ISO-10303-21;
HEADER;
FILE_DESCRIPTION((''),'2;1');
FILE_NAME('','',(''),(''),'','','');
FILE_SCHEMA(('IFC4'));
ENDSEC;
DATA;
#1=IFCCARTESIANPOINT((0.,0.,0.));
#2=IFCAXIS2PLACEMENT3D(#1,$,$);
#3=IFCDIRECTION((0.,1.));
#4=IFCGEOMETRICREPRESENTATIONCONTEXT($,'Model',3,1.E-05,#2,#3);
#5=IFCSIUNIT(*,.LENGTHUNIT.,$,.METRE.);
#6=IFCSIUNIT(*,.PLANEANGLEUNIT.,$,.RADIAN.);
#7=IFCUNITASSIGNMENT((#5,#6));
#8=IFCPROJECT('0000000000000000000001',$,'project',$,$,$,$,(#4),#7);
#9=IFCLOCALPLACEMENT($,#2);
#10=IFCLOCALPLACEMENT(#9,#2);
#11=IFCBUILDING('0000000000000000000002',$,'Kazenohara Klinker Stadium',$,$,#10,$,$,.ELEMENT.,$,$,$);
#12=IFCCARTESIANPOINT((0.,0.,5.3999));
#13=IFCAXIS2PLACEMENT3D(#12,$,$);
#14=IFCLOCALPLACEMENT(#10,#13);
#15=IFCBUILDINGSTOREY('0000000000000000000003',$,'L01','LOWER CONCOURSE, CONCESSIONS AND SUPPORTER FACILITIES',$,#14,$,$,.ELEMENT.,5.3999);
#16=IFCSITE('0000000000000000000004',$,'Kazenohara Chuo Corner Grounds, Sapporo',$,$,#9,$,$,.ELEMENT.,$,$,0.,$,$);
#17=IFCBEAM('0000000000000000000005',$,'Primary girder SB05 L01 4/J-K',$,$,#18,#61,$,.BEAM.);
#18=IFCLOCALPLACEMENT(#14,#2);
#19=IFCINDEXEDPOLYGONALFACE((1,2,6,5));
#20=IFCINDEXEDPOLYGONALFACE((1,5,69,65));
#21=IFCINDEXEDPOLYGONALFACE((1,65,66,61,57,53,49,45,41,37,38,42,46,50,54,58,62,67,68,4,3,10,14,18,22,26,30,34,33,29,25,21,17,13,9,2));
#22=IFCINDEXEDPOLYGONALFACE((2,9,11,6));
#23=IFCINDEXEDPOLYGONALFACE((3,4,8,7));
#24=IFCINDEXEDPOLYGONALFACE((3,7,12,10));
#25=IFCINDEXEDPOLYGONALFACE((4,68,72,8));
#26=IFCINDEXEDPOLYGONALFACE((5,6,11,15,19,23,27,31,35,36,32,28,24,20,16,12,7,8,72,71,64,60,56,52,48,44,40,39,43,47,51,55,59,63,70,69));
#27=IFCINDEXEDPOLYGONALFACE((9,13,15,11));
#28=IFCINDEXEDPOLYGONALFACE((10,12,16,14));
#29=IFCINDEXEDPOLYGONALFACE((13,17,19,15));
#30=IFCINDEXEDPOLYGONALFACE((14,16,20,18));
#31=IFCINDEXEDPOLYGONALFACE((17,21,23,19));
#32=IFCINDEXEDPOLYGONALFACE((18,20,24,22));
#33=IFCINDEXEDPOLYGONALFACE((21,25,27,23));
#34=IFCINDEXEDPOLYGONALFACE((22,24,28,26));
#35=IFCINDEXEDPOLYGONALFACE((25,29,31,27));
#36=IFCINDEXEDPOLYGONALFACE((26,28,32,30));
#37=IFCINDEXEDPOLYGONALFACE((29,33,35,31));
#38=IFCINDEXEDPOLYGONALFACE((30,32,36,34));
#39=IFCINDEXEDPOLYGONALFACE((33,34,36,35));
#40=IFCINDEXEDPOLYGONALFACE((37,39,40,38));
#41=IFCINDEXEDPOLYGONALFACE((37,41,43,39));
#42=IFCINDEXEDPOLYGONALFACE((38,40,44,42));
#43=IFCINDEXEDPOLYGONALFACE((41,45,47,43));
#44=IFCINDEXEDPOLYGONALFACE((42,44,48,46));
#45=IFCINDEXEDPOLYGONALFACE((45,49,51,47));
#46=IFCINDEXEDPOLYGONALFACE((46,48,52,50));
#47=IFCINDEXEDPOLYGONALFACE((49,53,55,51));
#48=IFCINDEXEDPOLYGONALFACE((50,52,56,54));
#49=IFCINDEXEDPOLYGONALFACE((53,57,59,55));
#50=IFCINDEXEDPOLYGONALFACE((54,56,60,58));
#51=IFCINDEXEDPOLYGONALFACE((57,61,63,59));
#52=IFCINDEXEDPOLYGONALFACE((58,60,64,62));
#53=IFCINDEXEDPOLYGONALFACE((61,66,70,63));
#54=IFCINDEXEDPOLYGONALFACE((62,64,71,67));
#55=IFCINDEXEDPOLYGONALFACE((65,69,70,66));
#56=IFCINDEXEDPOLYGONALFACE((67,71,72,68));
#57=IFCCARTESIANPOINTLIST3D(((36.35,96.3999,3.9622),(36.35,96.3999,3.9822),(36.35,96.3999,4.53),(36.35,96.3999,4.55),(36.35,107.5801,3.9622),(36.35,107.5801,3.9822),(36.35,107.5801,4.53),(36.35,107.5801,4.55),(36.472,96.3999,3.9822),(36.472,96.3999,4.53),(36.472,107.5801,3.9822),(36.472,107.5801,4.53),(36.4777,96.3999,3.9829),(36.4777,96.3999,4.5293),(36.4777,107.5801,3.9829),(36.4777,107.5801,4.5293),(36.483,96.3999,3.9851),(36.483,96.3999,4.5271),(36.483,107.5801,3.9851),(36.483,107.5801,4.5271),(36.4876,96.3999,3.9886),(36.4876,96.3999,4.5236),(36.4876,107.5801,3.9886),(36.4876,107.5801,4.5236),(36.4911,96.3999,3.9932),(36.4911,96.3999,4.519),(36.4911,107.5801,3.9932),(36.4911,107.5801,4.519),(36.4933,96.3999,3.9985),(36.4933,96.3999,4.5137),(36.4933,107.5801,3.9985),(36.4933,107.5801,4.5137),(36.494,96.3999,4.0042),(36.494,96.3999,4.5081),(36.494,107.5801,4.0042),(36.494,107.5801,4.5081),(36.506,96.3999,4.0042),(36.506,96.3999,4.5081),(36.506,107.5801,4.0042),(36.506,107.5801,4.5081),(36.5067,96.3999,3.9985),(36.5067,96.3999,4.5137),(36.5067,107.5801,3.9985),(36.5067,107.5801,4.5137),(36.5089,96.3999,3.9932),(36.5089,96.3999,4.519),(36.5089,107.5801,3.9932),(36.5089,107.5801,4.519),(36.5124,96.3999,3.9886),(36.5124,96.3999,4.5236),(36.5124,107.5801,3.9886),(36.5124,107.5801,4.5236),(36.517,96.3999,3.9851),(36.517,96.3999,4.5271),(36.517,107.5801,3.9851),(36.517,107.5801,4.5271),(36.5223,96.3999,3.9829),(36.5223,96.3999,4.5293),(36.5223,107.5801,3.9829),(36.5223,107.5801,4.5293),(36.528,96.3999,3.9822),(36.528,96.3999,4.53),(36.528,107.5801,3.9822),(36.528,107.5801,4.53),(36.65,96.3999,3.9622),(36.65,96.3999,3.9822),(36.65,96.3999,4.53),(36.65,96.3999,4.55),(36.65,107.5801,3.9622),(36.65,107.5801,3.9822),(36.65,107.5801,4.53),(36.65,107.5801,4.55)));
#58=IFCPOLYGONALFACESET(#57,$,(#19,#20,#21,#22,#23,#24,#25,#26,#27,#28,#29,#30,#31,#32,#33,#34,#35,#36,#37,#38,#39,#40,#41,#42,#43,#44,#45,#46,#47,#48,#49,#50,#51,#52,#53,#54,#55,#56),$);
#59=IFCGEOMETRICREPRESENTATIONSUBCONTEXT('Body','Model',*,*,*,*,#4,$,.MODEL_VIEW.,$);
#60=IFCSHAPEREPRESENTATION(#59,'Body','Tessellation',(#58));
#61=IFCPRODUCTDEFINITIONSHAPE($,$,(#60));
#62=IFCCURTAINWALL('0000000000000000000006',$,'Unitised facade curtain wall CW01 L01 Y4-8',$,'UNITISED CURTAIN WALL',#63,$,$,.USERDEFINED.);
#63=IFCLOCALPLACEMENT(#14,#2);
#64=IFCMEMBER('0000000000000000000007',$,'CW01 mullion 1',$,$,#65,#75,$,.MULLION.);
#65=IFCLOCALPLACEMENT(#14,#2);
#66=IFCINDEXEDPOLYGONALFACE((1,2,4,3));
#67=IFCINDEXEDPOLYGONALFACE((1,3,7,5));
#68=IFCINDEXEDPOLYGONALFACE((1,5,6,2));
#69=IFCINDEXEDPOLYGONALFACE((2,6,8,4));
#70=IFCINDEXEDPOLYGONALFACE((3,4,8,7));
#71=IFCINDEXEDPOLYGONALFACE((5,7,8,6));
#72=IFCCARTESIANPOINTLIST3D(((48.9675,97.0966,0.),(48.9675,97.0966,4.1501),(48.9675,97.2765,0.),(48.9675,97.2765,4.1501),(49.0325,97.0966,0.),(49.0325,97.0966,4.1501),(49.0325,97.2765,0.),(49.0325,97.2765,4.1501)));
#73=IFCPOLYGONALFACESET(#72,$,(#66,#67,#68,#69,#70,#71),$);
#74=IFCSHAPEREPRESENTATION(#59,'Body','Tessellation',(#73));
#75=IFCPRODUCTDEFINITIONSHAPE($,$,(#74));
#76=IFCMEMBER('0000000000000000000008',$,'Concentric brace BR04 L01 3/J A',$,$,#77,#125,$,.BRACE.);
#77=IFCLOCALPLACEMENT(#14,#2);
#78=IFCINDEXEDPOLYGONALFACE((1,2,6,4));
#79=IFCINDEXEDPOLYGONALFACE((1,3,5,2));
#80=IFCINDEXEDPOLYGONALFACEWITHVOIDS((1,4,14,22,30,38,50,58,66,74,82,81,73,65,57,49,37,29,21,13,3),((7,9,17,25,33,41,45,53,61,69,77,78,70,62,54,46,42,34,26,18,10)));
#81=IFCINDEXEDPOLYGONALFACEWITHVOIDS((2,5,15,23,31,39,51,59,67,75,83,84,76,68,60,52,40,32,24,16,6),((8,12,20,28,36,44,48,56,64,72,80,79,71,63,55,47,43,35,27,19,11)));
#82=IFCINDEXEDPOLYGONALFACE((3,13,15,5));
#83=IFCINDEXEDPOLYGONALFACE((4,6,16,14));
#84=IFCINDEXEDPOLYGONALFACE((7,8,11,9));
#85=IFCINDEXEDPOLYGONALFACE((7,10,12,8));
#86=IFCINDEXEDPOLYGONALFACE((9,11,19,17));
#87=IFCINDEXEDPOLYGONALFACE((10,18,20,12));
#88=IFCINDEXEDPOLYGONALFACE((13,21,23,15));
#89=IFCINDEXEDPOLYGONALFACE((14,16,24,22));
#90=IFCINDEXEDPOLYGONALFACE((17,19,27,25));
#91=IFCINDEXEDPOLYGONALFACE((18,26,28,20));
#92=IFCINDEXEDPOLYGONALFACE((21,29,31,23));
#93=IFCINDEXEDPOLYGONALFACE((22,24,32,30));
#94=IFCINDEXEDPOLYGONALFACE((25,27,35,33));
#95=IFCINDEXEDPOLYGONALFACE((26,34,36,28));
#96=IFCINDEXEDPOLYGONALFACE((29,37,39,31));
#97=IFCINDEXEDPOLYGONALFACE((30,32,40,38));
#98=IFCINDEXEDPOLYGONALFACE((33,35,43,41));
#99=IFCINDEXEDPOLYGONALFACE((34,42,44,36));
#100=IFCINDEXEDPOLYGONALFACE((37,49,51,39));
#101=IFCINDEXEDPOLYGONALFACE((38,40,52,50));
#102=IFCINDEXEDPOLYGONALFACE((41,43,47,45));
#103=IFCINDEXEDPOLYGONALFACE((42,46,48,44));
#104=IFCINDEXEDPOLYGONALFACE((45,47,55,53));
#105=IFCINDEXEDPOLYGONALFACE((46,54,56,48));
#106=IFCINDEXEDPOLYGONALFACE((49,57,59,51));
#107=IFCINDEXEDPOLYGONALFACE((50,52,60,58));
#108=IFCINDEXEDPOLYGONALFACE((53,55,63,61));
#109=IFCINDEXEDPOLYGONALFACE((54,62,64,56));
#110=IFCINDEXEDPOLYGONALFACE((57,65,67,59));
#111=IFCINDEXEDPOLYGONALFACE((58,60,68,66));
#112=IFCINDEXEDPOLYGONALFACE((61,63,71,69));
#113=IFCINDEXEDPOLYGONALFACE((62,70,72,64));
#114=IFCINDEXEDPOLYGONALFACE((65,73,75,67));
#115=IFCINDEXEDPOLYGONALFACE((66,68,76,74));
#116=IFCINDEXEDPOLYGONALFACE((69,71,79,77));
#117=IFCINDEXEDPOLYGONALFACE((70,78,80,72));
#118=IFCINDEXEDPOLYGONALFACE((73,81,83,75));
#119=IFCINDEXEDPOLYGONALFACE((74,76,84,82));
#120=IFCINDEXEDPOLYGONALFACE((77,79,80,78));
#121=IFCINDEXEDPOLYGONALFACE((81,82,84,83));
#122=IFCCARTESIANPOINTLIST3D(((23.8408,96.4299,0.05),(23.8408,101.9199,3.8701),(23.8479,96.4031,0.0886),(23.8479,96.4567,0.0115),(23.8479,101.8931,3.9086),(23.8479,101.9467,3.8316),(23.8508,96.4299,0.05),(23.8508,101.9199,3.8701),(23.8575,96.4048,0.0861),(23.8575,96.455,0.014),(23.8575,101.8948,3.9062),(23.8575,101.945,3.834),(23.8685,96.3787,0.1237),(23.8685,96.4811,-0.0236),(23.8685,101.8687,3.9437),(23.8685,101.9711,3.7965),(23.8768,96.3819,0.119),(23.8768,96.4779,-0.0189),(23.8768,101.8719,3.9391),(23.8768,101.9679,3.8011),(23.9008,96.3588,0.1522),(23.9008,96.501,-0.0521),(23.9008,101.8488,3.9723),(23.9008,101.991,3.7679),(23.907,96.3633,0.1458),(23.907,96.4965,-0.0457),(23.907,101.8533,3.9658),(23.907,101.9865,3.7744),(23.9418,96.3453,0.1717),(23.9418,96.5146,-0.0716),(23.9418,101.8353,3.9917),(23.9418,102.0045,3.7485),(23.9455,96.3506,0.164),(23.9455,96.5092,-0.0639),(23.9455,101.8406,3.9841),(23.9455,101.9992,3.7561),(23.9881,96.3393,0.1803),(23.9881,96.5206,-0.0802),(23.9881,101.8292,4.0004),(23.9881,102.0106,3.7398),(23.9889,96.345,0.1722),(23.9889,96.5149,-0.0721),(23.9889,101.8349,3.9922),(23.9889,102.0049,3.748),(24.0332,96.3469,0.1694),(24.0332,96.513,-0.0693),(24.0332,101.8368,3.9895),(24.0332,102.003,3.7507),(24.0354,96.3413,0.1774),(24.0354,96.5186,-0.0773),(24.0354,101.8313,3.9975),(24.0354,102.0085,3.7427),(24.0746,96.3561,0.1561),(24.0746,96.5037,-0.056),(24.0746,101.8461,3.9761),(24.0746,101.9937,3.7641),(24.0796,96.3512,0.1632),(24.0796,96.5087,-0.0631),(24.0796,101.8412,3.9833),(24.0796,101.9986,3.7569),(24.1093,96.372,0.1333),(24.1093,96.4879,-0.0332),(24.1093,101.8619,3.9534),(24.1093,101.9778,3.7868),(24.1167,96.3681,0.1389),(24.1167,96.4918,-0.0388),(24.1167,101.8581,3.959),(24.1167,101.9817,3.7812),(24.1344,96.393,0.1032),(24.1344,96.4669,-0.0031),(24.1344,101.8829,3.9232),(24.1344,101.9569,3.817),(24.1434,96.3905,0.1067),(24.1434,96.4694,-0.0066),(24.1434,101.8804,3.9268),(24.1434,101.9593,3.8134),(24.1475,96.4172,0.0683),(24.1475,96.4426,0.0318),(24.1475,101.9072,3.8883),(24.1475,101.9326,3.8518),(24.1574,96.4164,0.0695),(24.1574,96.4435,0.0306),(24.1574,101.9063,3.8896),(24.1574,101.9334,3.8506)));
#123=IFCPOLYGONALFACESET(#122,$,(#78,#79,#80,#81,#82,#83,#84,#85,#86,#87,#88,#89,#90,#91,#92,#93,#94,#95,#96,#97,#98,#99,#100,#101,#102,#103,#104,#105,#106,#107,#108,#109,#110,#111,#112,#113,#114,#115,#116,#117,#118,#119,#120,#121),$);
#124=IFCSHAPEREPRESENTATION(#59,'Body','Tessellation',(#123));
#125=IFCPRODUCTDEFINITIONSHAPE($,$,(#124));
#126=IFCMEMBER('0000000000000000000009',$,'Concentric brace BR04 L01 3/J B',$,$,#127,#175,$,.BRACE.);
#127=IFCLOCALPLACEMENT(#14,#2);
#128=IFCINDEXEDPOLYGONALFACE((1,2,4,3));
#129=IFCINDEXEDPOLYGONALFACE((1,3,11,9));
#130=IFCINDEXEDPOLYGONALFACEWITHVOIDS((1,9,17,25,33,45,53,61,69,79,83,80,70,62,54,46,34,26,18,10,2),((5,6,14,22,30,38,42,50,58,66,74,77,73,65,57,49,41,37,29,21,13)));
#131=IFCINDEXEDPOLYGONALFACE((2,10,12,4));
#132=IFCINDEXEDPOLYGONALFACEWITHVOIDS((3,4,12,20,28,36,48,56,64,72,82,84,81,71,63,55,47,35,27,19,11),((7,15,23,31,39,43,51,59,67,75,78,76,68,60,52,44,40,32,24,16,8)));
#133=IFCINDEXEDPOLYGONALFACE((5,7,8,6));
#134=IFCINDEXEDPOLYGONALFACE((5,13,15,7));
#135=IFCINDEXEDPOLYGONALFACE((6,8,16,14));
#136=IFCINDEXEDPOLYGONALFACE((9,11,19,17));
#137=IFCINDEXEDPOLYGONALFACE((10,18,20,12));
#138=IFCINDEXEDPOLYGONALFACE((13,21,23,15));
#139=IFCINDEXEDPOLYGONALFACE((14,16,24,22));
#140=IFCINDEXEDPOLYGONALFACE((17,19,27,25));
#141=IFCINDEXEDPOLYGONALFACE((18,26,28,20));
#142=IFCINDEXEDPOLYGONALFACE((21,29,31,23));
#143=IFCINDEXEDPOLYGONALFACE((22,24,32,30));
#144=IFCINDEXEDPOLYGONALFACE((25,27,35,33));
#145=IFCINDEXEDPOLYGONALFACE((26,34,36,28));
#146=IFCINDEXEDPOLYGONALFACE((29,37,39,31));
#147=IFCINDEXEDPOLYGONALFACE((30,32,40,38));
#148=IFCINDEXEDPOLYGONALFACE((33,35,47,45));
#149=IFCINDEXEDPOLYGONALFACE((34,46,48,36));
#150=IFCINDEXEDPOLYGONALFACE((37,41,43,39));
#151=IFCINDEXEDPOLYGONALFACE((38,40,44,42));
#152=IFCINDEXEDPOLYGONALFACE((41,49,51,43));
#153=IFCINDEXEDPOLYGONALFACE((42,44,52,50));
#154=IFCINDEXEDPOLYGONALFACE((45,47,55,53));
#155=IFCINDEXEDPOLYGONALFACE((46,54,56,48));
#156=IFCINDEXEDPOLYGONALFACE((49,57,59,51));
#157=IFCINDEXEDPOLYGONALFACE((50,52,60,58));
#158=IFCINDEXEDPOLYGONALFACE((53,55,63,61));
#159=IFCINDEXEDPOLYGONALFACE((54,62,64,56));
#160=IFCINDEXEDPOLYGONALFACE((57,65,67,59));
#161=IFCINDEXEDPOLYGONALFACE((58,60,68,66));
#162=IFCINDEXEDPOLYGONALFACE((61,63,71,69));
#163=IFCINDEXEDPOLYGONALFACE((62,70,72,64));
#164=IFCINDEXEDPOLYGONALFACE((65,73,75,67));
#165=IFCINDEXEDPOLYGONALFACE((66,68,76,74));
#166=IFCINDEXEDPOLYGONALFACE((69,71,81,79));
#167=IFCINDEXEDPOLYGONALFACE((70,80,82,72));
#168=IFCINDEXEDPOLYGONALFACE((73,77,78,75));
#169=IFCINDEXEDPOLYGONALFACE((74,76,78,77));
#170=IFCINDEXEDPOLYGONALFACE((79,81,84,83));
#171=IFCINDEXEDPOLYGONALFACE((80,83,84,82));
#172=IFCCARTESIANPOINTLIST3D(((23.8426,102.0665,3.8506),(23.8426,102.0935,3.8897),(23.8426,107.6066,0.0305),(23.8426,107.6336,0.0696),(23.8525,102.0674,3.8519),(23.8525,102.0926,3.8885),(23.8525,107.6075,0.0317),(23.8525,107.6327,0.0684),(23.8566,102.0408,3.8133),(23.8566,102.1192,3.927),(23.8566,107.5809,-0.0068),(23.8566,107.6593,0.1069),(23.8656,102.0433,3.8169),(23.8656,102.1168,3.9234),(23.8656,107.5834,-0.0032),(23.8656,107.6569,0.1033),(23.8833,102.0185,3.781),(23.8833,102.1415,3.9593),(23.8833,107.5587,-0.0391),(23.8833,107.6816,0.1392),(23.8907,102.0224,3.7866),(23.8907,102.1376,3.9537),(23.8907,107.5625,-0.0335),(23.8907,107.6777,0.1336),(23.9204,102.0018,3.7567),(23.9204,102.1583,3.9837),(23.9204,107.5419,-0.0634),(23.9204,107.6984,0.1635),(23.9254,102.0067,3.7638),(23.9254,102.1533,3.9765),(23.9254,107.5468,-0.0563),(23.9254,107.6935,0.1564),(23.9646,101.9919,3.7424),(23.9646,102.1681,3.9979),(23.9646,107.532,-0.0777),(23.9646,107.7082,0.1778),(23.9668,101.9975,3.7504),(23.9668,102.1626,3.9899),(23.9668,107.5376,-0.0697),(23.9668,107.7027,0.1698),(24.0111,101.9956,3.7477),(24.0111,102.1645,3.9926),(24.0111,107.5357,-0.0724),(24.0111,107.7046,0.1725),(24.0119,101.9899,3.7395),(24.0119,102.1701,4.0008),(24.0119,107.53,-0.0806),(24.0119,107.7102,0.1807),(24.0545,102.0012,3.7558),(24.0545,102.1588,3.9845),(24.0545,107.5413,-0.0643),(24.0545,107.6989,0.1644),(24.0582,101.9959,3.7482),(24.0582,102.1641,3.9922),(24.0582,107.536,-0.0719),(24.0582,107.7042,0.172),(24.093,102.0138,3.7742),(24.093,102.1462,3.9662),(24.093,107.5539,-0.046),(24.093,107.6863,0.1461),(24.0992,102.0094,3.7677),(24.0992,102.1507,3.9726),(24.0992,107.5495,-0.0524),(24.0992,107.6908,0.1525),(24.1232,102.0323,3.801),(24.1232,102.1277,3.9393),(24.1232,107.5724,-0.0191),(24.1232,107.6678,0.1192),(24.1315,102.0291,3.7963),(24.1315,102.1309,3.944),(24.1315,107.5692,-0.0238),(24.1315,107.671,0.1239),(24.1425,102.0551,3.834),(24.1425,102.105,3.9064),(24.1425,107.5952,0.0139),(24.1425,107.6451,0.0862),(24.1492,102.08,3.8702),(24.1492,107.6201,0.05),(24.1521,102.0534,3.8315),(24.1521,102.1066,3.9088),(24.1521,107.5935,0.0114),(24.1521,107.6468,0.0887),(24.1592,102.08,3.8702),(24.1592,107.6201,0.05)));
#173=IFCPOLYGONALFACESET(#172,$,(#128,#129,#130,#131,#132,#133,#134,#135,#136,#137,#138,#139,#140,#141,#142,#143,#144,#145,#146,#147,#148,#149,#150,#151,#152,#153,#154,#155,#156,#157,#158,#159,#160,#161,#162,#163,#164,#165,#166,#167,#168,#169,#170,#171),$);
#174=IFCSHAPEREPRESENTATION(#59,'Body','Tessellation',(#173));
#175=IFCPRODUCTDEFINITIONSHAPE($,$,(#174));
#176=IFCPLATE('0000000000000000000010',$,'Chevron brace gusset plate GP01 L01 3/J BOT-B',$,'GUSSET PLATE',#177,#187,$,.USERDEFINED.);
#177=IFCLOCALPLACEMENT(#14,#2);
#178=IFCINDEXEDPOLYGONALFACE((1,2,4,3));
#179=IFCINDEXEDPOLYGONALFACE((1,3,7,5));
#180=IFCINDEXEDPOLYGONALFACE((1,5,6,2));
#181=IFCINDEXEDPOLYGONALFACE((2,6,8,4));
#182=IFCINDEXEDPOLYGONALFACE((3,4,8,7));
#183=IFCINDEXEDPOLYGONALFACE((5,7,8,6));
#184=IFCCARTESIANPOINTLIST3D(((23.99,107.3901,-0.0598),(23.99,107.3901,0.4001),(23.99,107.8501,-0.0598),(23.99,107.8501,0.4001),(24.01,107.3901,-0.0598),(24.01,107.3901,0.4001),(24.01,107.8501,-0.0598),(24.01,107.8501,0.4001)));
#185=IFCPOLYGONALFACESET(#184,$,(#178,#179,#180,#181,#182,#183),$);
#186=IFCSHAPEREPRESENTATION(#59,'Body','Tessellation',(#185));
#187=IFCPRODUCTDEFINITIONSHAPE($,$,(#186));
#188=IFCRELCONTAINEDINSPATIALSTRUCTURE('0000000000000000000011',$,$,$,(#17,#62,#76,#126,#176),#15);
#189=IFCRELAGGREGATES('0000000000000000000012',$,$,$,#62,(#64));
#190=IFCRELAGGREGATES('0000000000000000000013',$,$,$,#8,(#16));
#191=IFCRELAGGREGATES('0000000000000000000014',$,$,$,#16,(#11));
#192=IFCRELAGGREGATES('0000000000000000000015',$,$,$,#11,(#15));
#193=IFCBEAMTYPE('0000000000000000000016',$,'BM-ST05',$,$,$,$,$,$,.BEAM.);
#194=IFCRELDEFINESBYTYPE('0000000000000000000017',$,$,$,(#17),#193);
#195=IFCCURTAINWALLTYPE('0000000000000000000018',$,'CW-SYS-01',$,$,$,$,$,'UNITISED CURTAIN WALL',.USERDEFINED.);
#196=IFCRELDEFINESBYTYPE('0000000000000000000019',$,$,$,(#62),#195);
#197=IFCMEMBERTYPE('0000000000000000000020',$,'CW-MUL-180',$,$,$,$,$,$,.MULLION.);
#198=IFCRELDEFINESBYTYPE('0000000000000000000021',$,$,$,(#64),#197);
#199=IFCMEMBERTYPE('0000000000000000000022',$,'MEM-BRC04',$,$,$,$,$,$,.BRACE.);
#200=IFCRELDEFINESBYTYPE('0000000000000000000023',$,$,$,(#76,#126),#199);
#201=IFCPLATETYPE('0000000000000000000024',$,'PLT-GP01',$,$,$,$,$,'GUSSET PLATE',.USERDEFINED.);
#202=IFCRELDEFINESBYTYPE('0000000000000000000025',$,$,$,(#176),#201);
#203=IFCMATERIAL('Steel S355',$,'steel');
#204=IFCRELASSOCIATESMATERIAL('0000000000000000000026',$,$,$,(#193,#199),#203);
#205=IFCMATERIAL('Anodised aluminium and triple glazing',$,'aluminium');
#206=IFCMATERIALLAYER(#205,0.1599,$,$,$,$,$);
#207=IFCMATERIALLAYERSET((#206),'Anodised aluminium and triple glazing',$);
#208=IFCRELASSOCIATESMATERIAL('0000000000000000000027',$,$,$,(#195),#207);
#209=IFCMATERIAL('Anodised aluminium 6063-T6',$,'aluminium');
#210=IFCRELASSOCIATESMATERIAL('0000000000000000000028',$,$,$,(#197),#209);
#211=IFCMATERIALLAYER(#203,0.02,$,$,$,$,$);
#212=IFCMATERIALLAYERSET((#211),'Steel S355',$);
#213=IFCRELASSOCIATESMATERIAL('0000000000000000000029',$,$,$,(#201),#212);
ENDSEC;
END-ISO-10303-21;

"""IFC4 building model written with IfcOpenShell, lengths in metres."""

from ifc_helpers import new_model, si_unit, direction, frame, origin, origin_2d, place, context, subcontext, project, spatial, rectangle, hollow_circle, i_section, extrude, material, layer, layer_set, material_profile, profile_set, type_object, element, aggregate, save


model = new_model("IFC4")

# Units and contexts
model_context = context("Model", 3, precision=1e-05, world=origin(), true_north=direction((0.0, 1.0)))
body_context = subcontext(model_context, "Body", "Model", "MODEL_VIEW")
ifc_project = project(units=[si_unit("LENGTHUNIT", "METRE"), si_unit("PLANEANGLEUNIT", "RADIAN")], contexts=[model_context])

# Site, building, storey
site_placement = place(None, origin())
site = spatial("IfcSite", under=ifc_project, at=site_placement, Name="Kazenohara Chuo Corner Grounds, Sapporo", CompositionType="ELEMENT", RefElevation=0.0)
building_placement = place(site_placement, origin())
building = spatial("IfcBuilding", under=site, at=building_placement, Name="Kazenohara Klinker Stadium", CompositionType="ELEMENT")
storey_placement = place(building_placement, frame((0.0, 0.0, 5.3999)))
storey = spatial("IfcBuildingStorey", under=building, at=storey_placement, Name="L01", Description="LOWER CONCOURSE, CONCESSIONS AND SUPPORTER FACILITIES", CompositionType="ELEMENT", Elevation=5.3999)

# Beam
ifc_material_1 = material(Name="Steel S355", Category="steel")
ifc_material_profile_1 = material_profile(ifc_material_1, i_section(OverallWidth=0.3, OverallDepth=0.5879, WebThickness=0.012, FlangeThickness=0.02, FilletRadius=0.022, at=origin_2d()), Name="H-588x300x12x20")
ifc_profile_set_1 = profile_set([ifc_material_profile_1], Name="Steel S355")
beam_type_1 = type_object("IfcBeamType", Name="BM-ST05", PredefinedType="BEAM", material=ifc_profile_set_1)
beam_1_placement = place(storey_placement, frame((36.5, 96.3999, 4.2561), z_axis=(0.0, 1.0, 0.0), x_axis=(-1.0, 0.0, 0.0)))
element("IfcBeam", 1, at=beam_1_placement, inside=storey, type_object=beam_type_1, Name="Primary girder SB05 L01 4/J-K", PredefinedType="BEAM", context=body_context, shape_type="SweptSolid", body=[
    extrude(i_section(OverallWidth=0.3, OverallDepth=0.5879, WebThickness=0.012, FlangeThickness=0.02, FilletRadius=0.022, at=origin_2d()), origin(), (0.0, 0.0, 1.0), 11.1802),
])

# Curtain wall, member
ifc_material_2 = material(Name="Anodised aluminium and triple glazing", Category="aluminium")
ifc_layer_1 = layer(ifc_material_2, 0.1599)
ifc_layer_set_1 = layer_set([ifc_layer_1], Name="Anodised aluminium and triple glazing")
curtain_wall_type = type_object("IfcCurtainWallType", Name="CW-SYS-01", ElementType="UNITISED CURTAIN WALL", PredefinedType="USERDEFINED", material=ifc_layer_set_1)
curtain_wall_placement = place(storey_placement, origin())
curtain_wall = element("IfcCurtainWall", 2, at=curtain_wall_placement, inside=storey, type_object=curtain_wall_type, Name="Unitised facade curtain wall CW01 L01 Y4-8", ObjectType="UNITISED CURTAIN WALL", PredefinedType="USERDEFINED")
ifc_material_3 = material(Name="Anodised aluminium 6063-T6", Category="aluminium")
ifc_material_profile_2 = material_profile(ifc_material_3, rectangle(XDim=0.0649, YDim=0.1799, at=origin_2d()), Name="ALU-MUL-65x180")
ifc_profile_set_2 = profile_set([ifc_material_profile_2], Name="Anodised aluminium 6063-T6")
member_type_1 = type_object("IfcMemberType", Name="CW-MUL-180", PredefinedType="MULLION", material=ifc_profile_set_2)
member_1_placement = place(storey_placement, frame((49.0, 97.1865, 0.0), z_axis=(0.0, 0.0, 1.0), x_axis=(-1.0, 0.0, 0.0)))
member_1 = element("IfcMember", 3, at=member_1_placement, type_object=member_type_1, Name="CW01 mullion 1", PredefinedType="MULLION", context=body_context, shape_type="SweptSolid", body=[
    extrude(rectangle(XDim=0.0649, YDim=0.1799, at=origin_2d()), origin(), (0.0, 0.0, 1.0), 4.1501),
])
aggregate(curtain_wall, [member_1])

# Members
ifc_material_profile_3 = material_profile(ifc_material_1, hollow_circle(Radius=0.1592, WallThickness=0.01, at=origin_2d()), Name="CHS-318.5x10")
ifc_profile_set_3 = profile_set([ifc_material_profile_3], Name="Steel S355")
member_type_2 = type_object("IfcMemberType", Name="MEM-BRC04", PredefinedType="BRACE", material=ifc_profile_set_3)
member_2_placement = place(storey_placement, frame((24.0, 96.4299, 0.05), z_axis=(0.0, 0.820839, 0.57116), x_axis=(-1.0, 0.0, 0.0)))
element("IfcMember", 4, at=member_2_placement, inside=storey, type_object=member_type_2, Name="Concentric brace BR04 L01 3/J A", PredefinedType="BRACE", context=body_context, shape_type="SweptSolid", body=[
    extrude(hollow_circle(Radius=0.1592, WallThickness=0.01, at=origin_2d()), origin(), (0.0, 0.0, 1.0), 6.6882),
])
member_3_placement = place(storey_placement, frame((24.0, 107.6201, 0.05), z_axis=(0.0, -0.823258, 0.567668), x_axis=(1.0, 0.0, 0.0)))
element("IfcMember", 5, at=member_3_placement, inside=storey, type_object=member_type_2, Name="Concentric brace BR04 L01 3/J B", PredefinedType="BRACE", context=body_context, shape_type="SweptSolid", body=[
    extrude(hollow_circle(Radius=0.1592, WallThickness=0.01, at=origin_2d()), origin(), (0.0, 0.0, 1.0), 6.7295),
])

# Plate
ifc_layer_2 = layer(ifc_material_1, 0.02)
ifc_layer_set_2 = layer_set([ifc_layer_2], Name="Steel S355")
plate_type_1 = type_object("IfcPlateType", Name="PLT-GP01", ElementType="GUSSET PLATE", PredefinedType="USERDEFINED", material=ifc_layer_set_2)
plate_1_placement = place(storey_placement, frame((24.0, 107.6201, -0.0598), z_axis=(0.0, 0.0, 1.0), x_axis=(1.0, 0.0, 0.0)))
element("IfcPlate", 6, at=plate_1_placement, inside=storey, type_object=plate_type_1, Name="Chevron brace gusset plate GP01 L01 3/J BOT-B", ObjectType="GUSSET PLATE", PredefinedType="USERDEFINED", context=body_context, shape_type="SweptSolid", body=[
    extrude(rectangle(XDim=0.02, YDim=0.46, at=origin_2d()), origin(), (0.0, 0.0, 1.0), 0.46),
])

save(model, "model.ifc")
